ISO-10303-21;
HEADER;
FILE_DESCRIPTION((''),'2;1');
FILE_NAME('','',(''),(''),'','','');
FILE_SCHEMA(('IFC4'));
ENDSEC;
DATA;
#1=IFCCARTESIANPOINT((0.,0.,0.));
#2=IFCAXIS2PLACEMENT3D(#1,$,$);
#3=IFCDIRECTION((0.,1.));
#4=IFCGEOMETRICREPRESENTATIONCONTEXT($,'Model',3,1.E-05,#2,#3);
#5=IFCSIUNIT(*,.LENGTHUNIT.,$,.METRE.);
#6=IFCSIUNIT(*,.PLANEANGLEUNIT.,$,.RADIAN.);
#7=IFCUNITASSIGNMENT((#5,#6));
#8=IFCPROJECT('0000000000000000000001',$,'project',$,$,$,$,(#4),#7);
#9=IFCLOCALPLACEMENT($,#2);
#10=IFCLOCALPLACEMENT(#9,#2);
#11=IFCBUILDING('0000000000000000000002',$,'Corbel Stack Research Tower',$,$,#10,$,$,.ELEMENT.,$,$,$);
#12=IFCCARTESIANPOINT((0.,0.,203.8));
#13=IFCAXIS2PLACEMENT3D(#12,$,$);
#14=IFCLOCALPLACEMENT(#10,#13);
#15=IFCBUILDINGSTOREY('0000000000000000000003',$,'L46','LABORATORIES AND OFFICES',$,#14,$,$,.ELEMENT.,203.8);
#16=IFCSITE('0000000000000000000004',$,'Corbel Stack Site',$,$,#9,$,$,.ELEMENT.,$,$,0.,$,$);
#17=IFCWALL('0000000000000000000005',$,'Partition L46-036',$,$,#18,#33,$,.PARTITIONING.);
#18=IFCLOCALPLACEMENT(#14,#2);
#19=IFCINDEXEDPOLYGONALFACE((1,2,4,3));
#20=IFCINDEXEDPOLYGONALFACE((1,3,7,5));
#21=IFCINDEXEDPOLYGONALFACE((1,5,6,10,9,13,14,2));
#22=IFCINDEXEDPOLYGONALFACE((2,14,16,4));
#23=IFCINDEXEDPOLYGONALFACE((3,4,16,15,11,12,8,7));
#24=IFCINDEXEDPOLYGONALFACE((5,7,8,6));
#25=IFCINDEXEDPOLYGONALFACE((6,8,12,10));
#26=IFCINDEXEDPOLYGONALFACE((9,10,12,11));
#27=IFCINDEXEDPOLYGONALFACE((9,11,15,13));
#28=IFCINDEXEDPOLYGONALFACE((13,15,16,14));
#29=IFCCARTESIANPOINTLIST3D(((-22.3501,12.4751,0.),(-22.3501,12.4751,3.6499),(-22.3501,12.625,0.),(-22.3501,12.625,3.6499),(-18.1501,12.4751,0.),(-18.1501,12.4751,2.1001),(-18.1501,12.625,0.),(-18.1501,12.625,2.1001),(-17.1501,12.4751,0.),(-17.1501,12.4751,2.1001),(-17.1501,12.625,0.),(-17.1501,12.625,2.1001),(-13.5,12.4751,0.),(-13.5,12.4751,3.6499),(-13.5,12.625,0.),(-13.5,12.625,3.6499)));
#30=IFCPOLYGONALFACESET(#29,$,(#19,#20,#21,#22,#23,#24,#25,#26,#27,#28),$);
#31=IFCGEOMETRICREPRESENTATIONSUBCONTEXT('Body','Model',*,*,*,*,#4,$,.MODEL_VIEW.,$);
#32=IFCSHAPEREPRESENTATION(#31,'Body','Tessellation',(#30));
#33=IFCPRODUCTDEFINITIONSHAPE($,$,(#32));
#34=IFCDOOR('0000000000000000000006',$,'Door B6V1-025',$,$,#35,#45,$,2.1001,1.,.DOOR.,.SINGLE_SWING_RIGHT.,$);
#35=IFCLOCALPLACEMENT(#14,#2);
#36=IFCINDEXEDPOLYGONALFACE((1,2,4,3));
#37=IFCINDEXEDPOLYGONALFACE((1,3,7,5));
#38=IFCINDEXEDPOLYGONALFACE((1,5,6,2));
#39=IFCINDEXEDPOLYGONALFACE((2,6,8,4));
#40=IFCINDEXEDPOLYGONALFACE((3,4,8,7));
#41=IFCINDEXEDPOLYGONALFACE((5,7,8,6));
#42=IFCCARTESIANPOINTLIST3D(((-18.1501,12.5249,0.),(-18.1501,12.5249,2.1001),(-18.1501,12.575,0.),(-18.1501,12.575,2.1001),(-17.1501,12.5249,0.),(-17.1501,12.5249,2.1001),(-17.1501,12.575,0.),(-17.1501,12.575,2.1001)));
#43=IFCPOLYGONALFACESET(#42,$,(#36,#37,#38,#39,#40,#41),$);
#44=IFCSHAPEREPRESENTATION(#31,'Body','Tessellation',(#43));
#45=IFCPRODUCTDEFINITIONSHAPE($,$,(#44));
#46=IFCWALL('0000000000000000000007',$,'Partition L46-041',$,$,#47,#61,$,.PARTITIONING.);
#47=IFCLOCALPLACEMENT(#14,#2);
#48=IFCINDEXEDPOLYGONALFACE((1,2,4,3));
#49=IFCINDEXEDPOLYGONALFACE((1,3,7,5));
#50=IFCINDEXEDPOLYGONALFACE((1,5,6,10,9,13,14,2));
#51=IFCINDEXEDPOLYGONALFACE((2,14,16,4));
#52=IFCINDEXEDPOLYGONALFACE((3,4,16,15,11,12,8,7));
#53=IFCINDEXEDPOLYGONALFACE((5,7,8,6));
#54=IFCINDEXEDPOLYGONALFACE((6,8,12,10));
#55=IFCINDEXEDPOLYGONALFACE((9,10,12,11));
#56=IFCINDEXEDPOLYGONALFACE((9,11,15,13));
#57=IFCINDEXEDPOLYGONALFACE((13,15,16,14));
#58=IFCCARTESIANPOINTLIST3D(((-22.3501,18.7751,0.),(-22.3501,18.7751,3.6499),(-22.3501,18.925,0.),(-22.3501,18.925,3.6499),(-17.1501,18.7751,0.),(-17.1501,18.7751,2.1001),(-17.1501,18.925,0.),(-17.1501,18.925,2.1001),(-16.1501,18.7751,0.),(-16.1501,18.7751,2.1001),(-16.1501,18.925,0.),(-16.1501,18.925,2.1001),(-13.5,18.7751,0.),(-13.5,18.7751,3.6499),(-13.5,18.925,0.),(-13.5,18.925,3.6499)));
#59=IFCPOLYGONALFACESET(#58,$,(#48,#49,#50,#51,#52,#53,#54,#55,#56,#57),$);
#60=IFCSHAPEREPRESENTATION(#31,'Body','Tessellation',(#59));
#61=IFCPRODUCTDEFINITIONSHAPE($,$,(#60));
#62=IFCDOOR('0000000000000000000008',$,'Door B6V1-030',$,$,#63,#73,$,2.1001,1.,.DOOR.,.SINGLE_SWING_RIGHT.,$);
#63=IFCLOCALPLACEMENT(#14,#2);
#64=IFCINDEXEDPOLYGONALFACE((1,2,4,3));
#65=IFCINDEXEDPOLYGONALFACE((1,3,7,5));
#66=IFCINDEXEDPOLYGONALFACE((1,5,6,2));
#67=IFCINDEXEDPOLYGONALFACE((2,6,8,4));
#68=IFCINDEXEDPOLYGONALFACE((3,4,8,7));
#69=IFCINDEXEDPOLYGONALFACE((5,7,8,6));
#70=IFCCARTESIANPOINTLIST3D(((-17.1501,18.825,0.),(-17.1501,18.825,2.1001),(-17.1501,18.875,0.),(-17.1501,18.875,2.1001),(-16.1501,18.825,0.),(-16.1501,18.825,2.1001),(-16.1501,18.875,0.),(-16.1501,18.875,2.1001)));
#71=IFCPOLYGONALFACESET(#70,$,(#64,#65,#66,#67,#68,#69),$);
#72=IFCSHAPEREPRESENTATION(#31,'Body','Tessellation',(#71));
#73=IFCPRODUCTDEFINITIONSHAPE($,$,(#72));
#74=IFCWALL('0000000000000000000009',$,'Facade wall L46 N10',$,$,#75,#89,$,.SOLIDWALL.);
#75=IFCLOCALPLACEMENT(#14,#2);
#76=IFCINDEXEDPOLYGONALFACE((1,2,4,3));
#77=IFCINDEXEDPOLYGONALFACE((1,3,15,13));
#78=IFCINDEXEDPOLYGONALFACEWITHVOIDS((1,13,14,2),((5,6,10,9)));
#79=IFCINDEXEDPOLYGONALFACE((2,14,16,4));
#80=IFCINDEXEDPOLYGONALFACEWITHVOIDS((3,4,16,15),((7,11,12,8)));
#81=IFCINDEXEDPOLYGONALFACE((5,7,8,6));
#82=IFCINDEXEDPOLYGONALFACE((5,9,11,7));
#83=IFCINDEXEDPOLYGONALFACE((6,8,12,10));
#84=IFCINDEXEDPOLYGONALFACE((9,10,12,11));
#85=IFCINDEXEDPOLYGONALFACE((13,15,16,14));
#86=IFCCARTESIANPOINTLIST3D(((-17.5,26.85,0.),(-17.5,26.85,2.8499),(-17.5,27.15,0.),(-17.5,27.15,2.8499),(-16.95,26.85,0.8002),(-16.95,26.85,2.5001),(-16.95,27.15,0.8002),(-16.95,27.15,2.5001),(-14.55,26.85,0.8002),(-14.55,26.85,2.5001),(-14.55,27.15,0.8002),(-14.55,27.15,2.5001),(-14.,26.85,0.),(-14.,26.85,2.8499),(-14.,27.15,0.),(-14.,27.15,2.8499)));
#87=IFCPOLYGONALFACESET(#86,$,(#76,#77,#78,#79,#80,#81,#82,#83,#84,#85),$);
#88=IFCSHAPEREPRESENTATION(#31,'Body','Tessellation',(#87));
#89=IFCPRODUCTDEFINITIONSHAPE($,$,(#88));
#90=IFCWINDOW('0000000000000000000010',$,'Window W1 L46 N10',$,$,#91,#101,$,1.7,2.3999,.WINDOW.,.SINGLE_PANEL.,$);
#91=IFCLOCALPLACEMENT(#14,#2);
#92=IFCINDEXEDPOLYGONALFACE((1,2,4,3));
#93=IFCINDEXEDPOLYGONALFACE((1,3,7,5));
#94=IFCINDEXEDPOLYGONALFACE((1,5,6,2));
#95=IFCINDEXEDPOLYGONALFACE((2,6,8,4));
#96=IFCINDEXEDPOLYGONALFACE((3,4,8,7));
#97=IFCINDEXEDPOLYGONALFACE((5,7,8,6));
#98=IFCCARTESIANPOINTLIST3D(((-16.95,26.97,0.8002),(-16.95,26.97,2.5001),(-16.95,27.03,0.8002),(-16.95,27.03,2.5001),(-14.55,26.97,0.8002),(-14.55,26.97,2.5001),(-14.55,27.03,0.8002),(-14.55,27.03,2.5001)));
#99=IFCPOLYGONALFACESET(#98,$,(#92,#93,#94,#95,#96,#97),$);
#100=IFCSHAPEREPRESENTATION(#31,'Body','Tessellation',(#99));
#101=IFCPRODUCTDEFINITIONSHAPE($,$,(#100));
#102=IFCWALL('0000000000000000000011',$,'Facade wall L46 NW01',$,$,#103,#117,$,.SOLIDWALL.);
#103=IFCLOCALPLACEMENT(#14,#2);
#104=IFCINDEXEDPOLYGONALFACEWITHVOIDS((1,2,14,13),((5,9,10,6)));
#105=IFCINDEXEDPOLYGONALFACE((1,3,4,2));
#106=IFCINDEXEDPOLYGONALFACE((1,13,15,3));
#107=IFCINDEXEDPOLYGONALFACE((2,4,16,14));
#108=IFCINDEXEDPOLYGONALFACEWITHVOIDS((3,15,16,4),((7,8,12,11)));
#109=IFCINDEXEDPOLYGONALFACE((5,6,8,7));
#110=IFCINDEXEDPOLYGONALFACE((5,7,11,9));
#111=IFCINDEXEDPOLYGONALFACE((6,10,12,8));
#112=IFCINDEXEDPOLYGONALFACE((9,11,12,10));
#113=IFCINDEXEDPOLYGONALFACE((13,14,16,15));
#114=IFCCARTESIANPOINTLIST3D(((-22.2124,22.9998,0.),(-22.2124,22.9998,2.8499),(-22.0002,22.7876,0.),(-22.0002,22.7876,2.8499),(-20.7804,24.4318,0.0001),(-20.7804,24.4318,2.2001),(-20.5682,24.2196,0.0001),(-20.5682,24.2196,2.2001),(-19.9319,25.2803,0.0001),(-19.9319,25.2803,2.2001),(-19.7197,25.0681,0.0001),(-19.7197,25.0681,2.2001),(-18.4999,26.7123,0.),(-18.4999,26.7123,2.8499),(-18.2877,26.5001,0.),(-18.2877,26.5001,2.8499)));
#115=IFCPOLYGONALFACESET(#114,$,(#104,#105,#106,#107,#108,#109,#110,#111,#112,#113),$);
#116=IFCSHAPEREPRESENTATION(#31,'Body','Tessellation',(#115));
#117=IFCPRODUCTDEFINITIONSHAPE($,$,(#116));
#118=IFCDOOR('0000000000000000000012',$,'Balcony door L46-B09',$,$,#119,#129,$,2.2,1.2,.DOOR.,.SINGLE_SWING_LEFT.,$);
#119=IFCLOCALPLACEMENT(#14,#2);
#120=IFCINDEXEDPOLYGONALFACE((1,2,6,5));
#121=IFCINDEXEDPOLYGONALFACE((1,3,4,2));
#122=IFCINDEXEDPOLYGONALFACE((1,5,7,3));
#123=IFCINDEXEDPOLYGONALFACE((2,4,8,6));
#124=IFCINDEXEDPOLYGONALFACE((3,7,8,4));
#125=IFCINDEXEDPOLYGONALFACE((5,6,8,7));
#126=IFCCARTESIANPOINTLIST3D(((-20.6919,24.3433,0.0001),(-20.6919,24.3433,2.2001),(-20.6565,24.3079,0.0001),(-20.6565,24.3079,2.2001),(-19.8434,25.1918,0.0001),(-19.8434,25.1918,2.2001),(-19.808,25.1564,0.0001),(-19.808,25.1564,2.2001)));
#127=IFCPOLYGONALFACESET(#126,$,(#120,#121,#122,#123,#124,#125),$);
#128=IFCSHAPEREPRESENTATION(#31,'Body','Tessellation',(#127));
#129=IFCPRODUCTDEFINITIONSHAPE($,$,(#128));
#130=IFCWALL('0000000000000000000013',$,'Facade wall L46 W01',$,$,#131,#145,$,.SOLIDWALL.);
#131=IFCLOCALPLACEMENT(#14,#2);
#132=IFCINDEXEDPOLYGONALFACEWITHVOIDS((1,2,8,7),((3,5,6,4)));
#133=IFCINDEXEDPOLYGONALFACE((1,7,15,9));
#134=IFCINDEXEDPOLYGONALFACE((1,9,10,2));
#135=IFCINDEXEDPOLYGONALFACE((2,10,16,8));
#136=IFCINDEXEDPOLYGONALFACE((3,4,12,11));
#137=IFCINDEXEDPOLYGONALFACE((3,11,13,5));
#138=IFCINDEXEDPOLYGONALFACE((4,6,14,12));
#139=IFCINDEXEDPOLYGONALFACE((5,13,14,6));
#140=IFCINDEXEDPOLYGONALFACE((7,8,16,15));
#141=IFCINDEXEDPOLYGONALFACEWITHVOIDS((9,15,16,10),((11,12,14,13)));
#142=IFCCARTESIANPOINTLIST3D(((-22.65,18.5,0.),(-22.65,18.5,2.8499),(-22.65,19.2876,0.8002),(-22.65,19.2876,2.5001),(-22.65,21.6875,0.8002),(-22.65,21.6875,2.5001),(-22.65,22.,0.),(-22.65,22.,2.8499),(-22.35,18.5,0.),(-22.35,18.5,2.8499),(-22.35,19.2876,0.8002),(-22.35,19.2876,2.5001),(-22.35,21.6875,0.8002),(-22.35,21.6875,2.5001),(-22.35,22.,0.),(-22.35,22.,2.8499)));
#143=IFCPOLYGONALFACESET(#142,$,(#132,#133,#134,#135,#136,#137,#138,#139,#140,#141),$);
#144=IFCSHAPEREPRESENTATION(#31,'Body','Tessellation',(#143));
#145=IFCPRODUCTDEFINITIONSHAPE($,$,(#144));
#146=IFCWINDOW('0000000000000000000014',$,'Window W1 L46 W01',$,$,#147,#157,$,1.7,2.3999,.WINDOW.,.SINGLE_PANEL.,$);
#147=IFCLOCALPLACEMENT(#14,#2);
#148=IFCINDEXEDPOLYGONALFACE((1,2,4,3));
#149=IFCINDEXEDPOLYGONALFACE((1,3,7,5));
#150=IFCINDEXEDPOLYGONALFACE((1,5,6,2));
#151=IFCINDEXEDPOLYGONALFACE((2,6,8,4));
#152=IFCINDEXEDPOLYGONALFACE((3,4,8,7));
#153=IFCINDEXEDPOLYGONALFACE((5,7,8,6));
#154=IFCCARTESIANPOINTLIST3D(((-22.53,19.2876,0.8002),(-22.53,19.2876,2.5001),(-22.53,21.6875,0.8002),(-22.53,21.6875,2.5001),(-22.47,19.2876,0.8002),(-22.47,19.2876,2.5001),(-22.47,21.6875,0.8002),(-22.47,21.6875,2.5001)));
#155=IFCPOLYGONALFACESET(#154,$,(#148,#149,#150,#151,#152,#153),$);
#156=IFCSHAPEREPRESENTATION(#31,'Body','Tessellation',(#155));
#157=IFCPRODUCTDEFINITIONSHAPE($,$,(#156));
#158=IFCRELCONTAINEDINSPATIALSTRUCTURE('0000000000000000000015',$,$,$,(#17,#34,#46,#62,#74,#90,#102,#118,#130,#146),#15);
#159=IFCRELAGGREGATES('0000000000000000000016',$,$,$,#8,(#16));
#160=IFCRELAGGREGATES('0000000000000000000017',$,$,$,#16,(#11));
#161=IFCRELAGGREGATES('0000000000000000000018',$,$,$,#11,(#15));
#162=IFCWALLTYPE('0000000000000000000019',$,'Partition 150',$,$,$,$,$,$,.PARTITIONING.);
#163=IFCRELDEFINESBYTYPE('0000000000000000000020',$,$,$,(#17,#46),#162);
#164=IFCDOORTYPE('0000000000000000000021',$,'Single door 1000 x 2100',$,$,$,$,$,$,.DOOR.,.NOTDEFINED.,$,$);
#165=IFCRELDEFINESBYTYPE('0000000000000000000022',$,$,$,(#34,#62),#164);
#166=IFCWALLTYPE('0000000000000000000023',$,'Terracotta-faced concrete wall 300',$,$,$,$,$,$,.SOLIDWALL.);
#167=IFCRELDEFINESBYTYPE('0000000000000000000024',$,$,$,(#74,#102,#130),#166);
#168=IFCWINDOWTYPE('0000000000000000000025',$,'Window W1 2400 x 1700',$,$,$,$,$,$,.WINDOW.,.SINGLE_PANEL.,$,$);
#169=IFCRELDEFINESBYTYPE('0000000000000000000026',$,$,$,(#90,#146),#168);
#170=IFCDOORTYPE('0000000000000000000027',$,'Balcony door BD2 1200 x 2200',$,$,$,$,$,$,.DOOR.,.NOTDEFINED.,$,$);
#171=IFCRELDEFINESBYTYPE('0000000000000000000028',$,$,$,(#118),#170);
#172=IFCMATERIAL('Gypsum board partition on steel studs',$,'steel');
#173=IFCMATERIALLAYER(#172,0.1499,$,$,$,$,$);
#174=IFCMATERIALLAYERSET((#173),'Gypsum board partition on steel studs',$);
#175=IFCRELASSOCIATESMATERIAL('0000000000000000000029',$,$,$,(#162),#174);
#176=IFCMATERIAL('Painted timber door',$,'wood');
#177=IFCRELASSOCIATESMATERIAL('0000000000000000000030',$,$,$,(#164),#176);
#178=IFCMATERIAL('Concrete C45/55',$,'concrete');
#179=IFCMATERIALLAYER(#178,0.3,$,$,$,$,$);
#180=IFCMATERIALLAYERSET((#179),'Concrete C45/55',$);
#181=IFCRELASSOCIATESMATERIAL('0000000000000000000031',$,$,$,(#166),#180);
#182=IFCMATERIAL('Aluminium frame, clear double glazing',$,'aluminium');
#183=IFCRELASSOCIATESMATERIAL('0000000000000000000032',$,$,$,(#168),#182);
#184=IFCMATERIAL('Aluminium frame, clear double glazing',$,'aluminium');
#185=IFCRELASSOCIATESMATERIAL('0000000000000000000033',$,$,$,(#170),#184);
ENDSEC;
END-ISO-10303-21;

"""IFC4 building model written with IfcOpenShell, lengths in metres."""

from ifc_helpers import new_model, si_unit, direction, frame, frame_2d, origin, place, context, subcontext, project, spatial, rectangle, extrude, material, layer, layer_set, type_object, element, fill, save


model = new_model("IFC4")

# Units and contexts
model_context = context("Model", 3, precision=1e-05, world=origin(), true_north=direction((0.0, 1.0)))
body_context = subcontext(model_context, "Body", "Model", "MODEL_VIEW")
ifc_project = project(units=[si_unit("LENGTHUNIT", "METRE"), si_unit("PLANEANGLEUNIT", "RADIAN")], contexts=[model_context])

# Site, building, storey
site_placement = place(None, origin())
site = spatial("IfcSite", under=ifc_project, at=site_placement, Name="Corbel Stack Site", CompositionType="ELEMENT", RefElevation=0.0)
building_placement = place(site_placement, origin())
building = spatial("IfcBuilding", under=site, at=building_placement, Name="Corbel Stack Research Tower", CompositionType="ELEMENT")
storey_placement = place(building_placement, frame((0.0, 0.0, 203.8)))
storey = spatial("IfcBuildingStorey", under=building, at=storey_placement, Name="L46", Description="LABORATORIES AND OFFICES", CompositionType="ELEMENT", Elevation=203.8)

# Walls, openings, doors
ifc_material_1 = material(Name="Gypsum board partition on steel studs", Category="steel")
ifc_layer_1 = layer(ifc_material_1, 0.1499)
ifc_layer_set_1 = layer_set([ifc_layer_1], Name="Gypsum board partition on steel studs")
wall_type_1 = type_object("IfcWallType", Name="Partition 150", PredefinedType="PARTITIONING", material=ifc_layer_set_1)
wall_1_placement = place(storey_placement, frame((-22.3501, 12.55, 0.0), z_axis=(0.0, 0.0, 1.0), x_axis=(1.0, 0.0, 0.0)))
wall_1 = element("IfcWall", 1, at=wall_1_placement, inside=storey, type_object=wall_type_1, Name="Partition L46-036", PredefinedType="PARTITIONING", context=body_context, shape_type="SweptSolid", body=[
    extrude(rectangle(XDim=8.8501, YDim=0.1499, at=frame_2d((4.425, 0.0))), origin(), (0.0, 0.0, 1.0), 3.6499),
])
opening_1_placement = place(wall_1_placement, frame((4.2, 0.0, 0.0)))
opening_1 = element("IfcOpeningElement", 2, at=opening_1_placement, cuts=wall_1, PredefinedType="OPENING", context=body_context, shape_type="SweptSolid", body=[
    extrude(rectangle(XDim=1.0, YDim=2.1001, at=frame_2d((0.5, 1.05))), frame((0.0, 0.085, 0.0), z_axis=(0.0, -1.0, 0.0), x_axis=(1.0, 0.0, 0.0)), (0.0, 0.0, 1.0), 0.1699),
])
ifc_material_2 = material(Name="Painted timber door", Category="wood")
door_type_1 = type_object("IfcDoorType", Name="Single door 1000 x 2100", OperationType="NOTDEFINED", PredefinedType="DOOR", material=ifc_material_2)
door_1_placement = place(opening_1_placement, origin())
door_1 = element("IfcDoor", 3, at=door_1_placement, inside=storey, type_object=door_type_1, Name="Door B6V1-025", OperationType="SINGLE_SWING_RIGHT", OverallHeight=2.1001, OverallWidth=1.0, PredefinedType="DOOR", context=body_context, shape_type="SweptSolid", body=[
    extrude(rectangle(XDim=1.0, YDim=2.1001, at=frame_2d((0.5, 1.05))), frame((0.0, 0.0249, 0.0), z_axis=(0.0, -1.0, 0.0), x_axis=(1.0, 0.0, 0.0)), (0.0, 0.0, 1.0), 0.05),
])
fill(opening_1, door_1)
wall_2_placement = place(storey_placement, frame((-22.3501, 18.8501, 0.0), z_axis=(0.0, 0.0, 1.0), x_axis=(1.0, 0.0, 0.0)))
wall_2 = element("IfcWall", 4, at=wall_2_placement, inside=storey, type_object=wall_type_1, Name="Partition L46-041", PredefinedType="PARTITIONING", context=body_context, shape_type="SweptSolid", body=[
    extrude(rectangle(XDim=8.8501, YDim=0.1499, at=frame_2d((4.425, 0.0))), origin(), (0.0, 0.0, 1.0), 3.6499),
])
opening_2_placement = place(wall_2_placement, frame((5.2, 0.0, 0.0)))
opening_2 = element("IfcOpeningElement", 5, at=opening_2_placement, cuts=wall_2, PredefinedType="OPENING", context=body_context, shape_type="SweptSolid", body=[
    extrude(rectangle(XDim=1.0, YDim=2.1001, at=frame_2d((0.5, 1.05))), frame((0.0, 0.085, 0.0), z_axis=(0.0, -1.0, 0.0), x_axis=(1.0, 0.0, 0.0)), (0.0, 0.0, 1.0), 0.1699),
])
door_2_placement = place(opening_2_placement, origin())
door_2 = element("IfcDoor", 6, at=door_2_placement, inside=storey, type_object=door_type_1, Name="Door B6V1-030", OperationType="SINGLE_SWING_RIGHT", OverallHeight=2.1001, OverallWidth=1.0, PredefinedType="DOOR", context=body_context, shape_type="SweptSolid", body=[
    extrude(rectangle(XDim=1.0, YDim=2.1001, at=frame_2d((0.5, 1.05))), frame((0.0, 0.0249, 0.0), z_axis=(0.0, -1.0, 0.0), x_axis=(1.0, 0.0, 0.0)), (0.0, 0.0, 1.0), 0.05),
])
fill(opening_2, door_2)

# Wall, opening, window
ifc_material_3 = material(Name="Concrete C45/55", Category="concrete")
ifc_layer_2 = layer(ifc_material_3, 0.3)
ifc_layer_set_2 = layer_set([ifc_layer_2], Name="Concrete C45/55")
wall_type_2 = type_object("IfcWallType", Name="Terracotta-faced concrete wall 300", PredefinedType="SOLIDWALL", material=ifc_layer_set_2)
wall_3_placement = place(storey_placement, frame((-17.5, 27.0, 0.0), z_axis=(0.0, 0.0, 1.0), x_axis=(1.0, 0.0, 0.0)))
wall_3 = element("IfcWall", 7, at=wall_3_placement, inside=storey, type_object=wall_type_2, Name="Facade wall L46 N10", PredefinedType="SOLIDWALL", context=body_context, shape_type="SweptSolid", body=[
    extrude(rectangle(XDim=3.5, YDim=0.3, at=frame_2d((1.75, 0.0))), origin(), (0.0, 0.0, 1.0), 2.8499),
])
opening_3_placement = place(wall_3_placement, frame((0.55, 0.0, 0.8)))
opening_3 = element("IfcOpeningElement", 8, at=opening_3_placement, cuts=wall_3, PredefinedType="OPENING", context=body_context, shape_type="SweptSolid", body=[
    extrude(rectangle(XDim=2.3999, YDim=1.7, at=frame_2d((1.2, 0.8501))), frame((0.0, 0.1599, 0.0), z_axis=(0.0, -1.0, 0.0), x_axis=(1.0, 0.0, 0.0)), (0.0, 0.0, 1.0), 0.3201),
])
ifc_material_4 = material(Name="Aluminium frame, clear double glazing", Category="aluminium")
window_type = type_object("IfcWindowType", Name="Window W1 2400 x 1700", PartitioningType="SINGLE_PANEL", PredefinedType="WINDOW", material=ifc_material_4)
window_1_placement = place(opening_3_placement, origin())
window_1 = element("IfcWindow", 9, at=window_1_placement, inside=storey, type_object=window_type, Name="Window W1 L46 N10", OverallHeight=1.7, OverallWidth=2.3999, PartitioningType="SINGLE_PANEL", PredefinedType="WINDOW", context=body_context, shape_type="SweptSolid", body=[
    extrude(rectangle(XDim=2.3999, YDim=1.7, at=frame_2d((1.2, 0.8501))), frame((0.0, 0.03, 0.0), z_axis=(0.0, -1.0, 0.0), x_axis=(1.0, 0.0, 0.0)), (0.0, 0.0, 1.0), 0.0601),
])
fill(opening_3, window_1)

# Wall, opening, door
wall_4_placement = place(storey_placement, frame((-22.1062, 22.8938, 0.0), z_axis=(0.0, 0.0, 1.0), x_axis=(0.707107, 0.707107, 0.0)))
wall_4 = element("IfcWall", 10, at=wall_4_placement, inside=storey, type_object=wall_type_2, Name="Facade wall L46 NW01", PredefinedType="SOLIDWALL", context=body_context, shape_type="SweptSolid", body=[
    extrude(rectangle(XDim=5.2502, YDim=0.3, at=frame_2d((2.625, 0.0))), origin(), (0.0, 0.0, 1.0), 2.8499),
])
opening_4_placement = place(wall_4_placement, frame((2.0249, 0.0, 0.0)))
opening_4 = element("IfcOpeningElement", 11, at=opening_4_placement, cuts=wall_4, PredefinedType="OPENING", context=body_context, shape_type="SweptSolid", body=[
    extrude(rectangle(XDim=1.2, YDim=2.2, at=frame_2d((0.6001, 1.1001))), frame((0.0, 0.1599, 0.0), z_axis=(0.0, -1.0, 0.0), x_axis=(1.0, 0.0, 0.0)), (0.0, 0.0, 1.0), 0.3201),
])
ifc_material_5 = material(Name="Aluminium frame, clear double glazing", Category="aluminium")
door_type_2 = type_object("IfcDoorType", Name="Balcony door BD2 1200 x 2200", OperationType="NOTDEFINED", PredefinedType="DOOR", material=ifc_material_5)
door_3_placement = place(opening_4_placement, origin())
door_3 = element("IfcDoor", 12, at=door_3_placement, inside=storey, type_object=door_type_2, Name="Balcony door L46-B09", OperationType="SINGLE_SWING_LEFT", OverallHeight=2.2, OverallWidth=1.2, PredefinedType="DOOR", context=body_context, shape_type="SweptSolid", body=[
    extrude(rectangle(XDim=1.2, YDim=2.2, at=frame_2d((0.6001, 1.1001))), frame((0.0, 0.0249, 0.0), z_axis=(0.0, -1.0, 0.0), x_axis=(1.0, 0.0, 0.0)), (0.0, 0.0, 1.0), 0.05),
])
fill(opening_4, door_3)

# Wall, opening, window
wall_5_placement = place(storey_placement, frame((-22.5, 18.5, 0.0), z_axis=(0.0, 0.0, 1.0), x_axis=(0.0, 1.0, 0.0)))
wall_5 = element("IfcWall", 13, at=wall_5_placement, inside=storey, type_object=wall_type_2, Name="Facade wall L46 W01", PredefinedType="SOLIDWALL", context=body_context, shape_type="SweptSolid", body=[
    extrude(rectangle(XDim=3.5, YDim=0.3, at=frame_2d((1.75, 0.0))), origin(), (0.0, 0.0, 1.0), 2.8499),
])
opening_5_placement = place(wall_5_placement, frame((0.7876, 0.0, 0.8)))
opening_5 = element("IfcOpeningElement", 14, at=opening_5_placement, cuts=wall_5, PredefinedType="OPENING", context=body_context, shape_type="SweptSolid", body=[
    extrude(rectangle(XDim=2.3999, YDim=1.7, at=frame_2d((1.2, 0.8501))), frame((0.0, 0.1599, 0.0), z_axis=(0.0, -1.0, 0.0), x_axis=(1.0, 0.0, 0.0)), (0.0, 0.0, 1.0), 0.3201),
])
window_2_placement = place(opening_5_placement, origin())
window_2 = element("IfcWindow", 15, at=window_2_placement, inside=storey, type_object=window_type, Name="Window W1 L46 W01", OverallHeight=1.7, OverallWidth=2.3999, PartitioningType="SINGLE_PANEL", PredefinedType="WINDOW", context=body_context, shape_type="SweptSolid", body=[
    extrude(rectangle(XDim=2.3999, YDim=1.7, at=frame_2d((1.2, 0.8501))), frame((0.0, 0.03, 0.0), z_axis=(0.0, -1.0, 0.0), x_axis=(1.0, 0.0, 0.0)), (0.0, 0.0, 1.0), 0.0601),
])
fill(opening_5, window_2)

save(model, "model.ifc")
